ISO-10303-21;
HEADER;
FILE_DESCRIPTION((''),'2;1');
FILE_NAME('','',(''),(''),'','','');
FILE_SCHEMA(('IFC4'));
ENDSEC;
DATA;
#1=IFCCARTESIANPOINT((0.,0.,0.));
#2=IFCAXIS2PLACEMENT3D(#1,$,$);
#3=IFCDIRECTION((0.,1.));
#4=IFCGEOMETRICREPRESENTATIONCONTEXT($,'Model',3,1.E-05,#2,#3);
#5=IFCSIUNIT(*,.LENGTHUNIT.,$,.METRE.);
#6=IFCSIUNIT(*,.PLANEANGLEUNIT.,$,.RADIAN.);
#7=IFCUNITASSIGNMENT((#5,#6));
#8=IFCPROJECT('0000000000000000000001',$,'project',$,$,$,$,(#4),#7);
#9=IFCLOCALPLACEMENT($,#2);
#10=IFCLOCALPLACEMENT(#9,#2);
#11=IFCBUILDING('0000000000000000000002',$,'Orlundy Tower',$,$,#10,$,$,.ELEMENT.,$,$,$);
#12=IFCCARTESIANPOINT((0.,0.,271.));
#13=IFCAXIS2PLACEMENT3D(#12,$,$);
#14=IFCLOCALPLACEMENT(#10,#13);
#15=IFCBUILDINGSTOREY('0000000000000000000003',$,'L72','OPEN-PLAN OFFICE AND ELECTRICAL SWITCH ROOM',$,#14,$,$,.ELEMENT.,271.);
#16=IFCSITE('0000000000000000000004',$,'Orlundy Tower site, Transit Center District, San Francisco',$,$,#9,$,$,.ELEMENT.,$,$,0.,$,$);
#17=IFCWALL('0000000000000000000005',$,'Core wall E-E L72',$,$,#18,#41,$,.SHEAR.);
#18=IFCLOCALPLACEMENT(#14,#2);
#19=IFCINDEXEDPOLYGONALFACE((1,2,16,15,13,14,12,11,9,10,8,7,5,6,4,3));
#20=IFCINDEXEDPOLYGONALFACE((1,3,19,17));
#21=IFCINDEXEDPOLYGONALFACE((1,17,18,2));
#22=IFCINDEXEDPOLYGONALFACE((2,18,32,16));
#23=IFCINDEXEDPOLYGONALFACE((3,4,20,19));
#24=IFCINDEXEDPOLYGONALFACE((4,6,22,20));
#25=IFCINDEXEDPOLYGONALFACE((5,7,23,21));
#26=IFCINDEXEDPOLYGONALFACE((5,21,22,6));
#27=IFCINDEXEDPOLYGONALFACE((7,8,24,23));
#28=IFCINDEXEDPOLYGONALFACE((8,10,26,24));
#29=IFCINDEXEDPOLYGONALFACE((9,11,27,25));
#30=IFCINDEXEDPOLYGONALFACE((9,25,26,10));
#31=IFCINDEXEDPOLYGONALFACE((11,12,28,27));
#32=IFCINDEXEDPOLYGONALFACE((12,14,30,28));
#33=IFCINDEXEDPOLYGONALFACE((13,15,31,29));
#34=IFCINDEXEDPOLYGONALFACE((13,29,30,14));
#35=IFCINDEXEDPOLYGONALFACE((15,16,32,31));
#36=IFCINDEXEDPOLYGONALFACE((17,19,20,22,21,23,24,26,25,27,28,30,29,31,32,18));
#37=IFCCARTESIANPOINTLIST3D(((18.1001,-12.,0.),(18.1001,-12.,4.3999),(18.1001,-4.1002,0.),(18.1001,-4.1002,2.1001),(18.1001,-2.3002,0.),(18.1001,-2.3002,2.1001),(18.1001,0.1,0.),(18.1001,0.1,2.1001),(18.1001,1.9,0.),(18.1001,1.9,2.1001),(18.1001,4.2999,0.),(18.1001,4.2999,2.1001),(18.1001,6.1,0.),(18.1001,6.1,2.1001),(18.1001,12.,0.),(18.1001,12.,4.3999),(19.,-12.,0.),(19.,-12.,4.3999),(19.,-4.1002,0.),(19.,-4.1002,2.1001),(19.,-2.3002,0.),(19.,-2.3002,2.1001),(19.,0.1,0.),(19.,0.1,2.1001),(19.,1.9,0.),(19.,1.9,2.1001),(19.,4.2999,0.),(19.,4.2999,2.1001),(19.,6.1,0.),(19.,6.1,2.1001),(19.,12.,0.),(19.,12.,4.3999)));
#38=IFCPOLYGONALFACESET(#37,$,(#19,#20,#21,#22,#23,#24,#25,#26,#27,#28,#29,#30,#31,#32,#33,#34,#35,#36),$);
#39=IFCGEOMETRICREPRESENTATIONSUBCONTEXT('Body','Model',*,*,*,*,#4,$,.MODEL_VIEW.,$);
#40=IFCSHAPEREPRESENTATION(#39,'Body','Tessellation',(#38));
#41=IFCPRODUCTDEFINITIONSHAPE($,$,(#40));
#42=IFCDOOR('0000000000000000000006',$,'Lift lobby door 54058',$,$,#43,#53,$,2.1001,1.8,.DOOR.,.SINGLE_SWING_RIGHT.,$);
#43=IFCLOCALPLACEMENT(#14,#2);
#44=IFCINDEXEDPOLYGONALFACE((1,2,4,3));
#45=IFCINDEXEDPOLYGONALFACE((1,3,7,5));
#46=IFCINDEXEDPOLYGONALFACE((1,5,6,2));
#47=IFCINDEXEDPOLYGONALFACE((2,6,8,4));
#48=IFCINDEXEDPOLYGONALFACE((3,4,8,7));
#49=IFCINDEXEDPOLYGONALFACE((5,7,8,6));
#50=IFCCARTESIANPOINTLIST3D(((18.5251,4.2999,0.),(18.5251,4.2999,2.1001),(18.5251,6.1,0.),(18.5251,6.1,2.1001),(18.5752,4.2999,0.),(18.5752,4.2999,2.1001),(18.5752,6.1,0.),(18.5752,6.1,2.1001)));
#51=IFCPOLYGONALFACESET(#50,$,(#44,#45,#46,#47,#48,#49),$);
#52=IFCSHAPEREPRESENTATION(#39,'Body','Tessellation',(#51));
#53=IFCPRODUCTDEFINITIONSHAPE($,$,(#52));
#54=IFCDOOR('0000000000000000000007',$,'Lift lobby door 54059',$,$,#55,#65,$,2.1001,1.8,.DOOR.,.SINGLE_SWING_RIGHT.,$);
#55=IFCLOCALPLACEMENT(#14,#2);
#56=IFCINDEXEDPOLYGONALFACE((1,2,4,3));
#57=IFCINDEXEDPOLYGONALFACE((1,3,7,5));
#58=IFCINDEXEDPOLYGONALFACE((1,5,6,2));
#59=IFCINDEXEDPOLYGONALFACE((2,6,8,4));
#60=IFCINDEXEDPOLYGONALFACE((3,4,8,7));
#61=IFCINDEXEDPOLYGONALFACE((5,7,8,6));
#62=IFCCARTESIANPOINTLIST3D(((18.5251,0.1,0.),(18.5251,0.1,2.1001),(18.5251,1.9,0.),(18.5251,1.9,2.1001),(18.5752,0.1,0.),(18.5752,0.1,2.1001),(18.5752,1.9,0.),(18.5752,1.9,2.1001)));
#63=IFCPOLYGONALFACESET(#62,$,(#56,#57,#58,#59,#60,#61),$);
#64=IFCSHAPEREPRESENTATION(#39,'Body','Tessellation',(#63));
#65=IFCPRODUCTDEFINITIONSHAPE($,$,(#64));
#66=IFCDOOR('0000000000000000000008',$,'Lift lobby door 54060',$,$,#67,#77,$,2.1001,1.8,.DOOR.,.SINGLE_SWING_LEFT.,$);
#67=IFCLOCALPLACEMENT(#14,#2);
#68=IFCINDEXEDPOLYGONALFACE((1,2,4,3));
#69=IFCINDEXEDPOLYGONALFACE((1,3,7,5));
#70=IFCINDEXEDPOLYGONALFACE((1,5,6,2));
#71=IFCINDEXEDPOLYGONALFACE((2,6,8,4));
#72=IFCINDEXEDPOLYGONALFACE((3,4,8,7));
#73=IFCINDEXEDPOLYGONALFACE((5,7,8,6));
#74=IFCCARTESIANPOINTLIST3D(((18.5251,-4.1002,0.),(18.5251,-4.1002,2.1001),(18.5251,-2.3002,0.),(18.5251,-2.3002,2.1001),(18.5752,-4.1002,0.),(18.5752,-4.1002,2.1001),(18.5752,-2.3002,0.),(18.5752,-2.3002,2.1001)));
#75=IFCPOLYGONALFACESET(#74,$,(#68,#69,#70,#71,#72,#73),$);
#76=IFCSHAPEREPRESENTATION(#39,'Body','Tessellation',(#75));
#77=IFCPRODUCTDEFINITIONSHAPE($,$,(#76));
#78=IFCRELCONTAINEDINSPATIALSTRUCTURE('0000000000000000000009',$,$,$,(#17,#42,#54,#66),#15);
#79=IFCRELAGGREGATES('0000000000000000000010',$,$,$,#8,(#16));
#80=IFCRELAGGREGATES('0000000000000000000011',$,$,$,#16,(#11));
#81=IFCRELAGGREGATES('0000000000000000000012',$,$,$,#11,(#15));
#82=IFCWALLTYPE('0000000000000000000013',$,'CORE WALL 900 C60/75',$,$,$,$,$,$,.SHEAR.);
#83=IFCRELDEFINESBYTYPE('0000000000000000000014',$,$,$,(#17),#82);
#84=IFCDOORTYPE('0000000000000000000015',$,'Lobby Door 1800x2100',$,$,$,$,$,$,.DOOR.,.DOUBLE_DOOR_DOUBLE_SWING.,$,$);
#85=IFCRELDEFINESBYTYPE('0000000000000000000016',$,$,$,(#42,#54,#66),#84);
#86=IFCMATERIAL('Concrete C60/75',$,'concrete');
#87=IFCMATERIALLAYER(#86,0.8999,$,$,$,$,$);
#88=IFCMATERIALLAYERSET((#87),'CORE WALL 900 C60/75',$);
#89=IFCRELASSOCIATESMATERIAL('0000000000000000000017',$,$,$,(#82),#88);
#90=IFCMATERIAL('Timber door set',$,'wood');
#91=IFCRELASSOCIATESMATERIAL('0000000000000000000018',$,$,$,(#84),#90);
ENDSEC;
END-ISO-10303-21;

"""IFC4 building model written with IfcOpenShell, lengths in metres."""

from ifc_helpers import new_model, si_unit, direction, frame, frame_2d, origin, place, context, subcontext, project, spatial, rectangle, extrude, material, layer, layer_set, type_object, element, fill, save


model = new_model("IFC4")

# Units and contexts
model_context = context("Model", 3, precision=1e-05, world=origin(), true_north=direction((0.0, 1.0)))
body_context = subcontext(model_context, "Body", "Model", "MODEL_VIEW")
ifc_project = project(units=[si_unit("LENGTHUNIT", "METRE"), si_unit("PLANEANGLEUNIT", "RADIAN")], contexts=[model_context])

# Site, building, storey
site_placement = place(None, origin())
site = spatial("IfcSite", under=ifc_project, at=site_placement, Name="Orlundy Tower site, Transit Center District, San Francisco", CompositionType="ELEMENT", RefElevation=0.0)
building_placement = place(site_placement, origin())
building = spatial("IfcBuilding", under=site, at=building_placement, Name="Orlundy Tower", CompositionType="ELEMENT")
storey_placement = place(building_placement, frame((0.0, 0.0, 271.0)))
storey = spatial("IfcBuildingStorey", under=building, at=storey_placement, Name="L72", Description="OPEN-PLAN OFFICE AND ELECTRICAL SWITCH ROOM", CompositionType="ELEMENT", Elevation=271.0)

# Shared definitions
ifc_material_1 = material(Name="Concrete C60/75", Category="concrete")
ifc_layer_1 = layer(ifc_material_1, 0.8999)
ifc_layer_set_1 = layer_set([ifc_layer_1], Name="CORE WALL 900 C60/75")
wall_type = type_object("IfcWallType", Name="CORE WALL 900 C60/75", PredefinedType="SHEAR", material=ifc_layer_set_1)

# Wall, openings, doors
ifc_material_2 = material(Name="Timber door set", Category="wood")
door_type_1 = type_object("IfcDoorType", Name="Lobby Door 1800x2100", OperationType="DOUBLE_DOOR_DOUBLE_SWING", PredefinedType="DOOR", material=ifc_material_2)
wall_1_placement = place(storey_placement, frame((18.55, -12.0, 0.0), z_axis=(0.0, 0.0, 1.0), x_axis=(0.0, 1.0, 0.0)))
wall_1 = element("IfcWall", 1, at=wall_1_placement, inside=storey, type_object=wall_type, Name="Core wall E-E L72", PredefinedType="SHEAR", context=body_context, shape_type="SweptSolid", body=[
    extrude(rectangle(XDim=24.0, YDim=0.8999, at=frame_2d((12.0, 0.0))), origin(), (0.0, 0.0, 1.0), 4.3999),
])
opening_1_placement = place(wall_1_placement, frame((16.3, 0.0, 0.0)))
opening_1 = element("IfcOpeningElement", 2, at=opening_1_placement, cuts=wall_1, PredefinedType="OPENING", context=body_context, shape_type="SweptSolid", body=[
    extrude(rectangle(XDim=1.8, YDim=2.1001, at=frame_2d((0.8999, 1.05))), frame((0.0, 0.46, 0.0), z_axis=(0.0, -1.0, 0.0), x_axis=(1.0, 0.0, 0.0)), (0.0, 0.0, 1.0), 0.9199),
])
opening_2_placement = place(wall_1_placement, frame((12.1001, 0.0, 0.0)))
opening_2 = element("IfcOpeningElement", 3, at=opening_2_placement, cuts=wall_1, PredefinedType="OPENING", context=body_context, shape_type="SweptSolid", body=[
    extrude(rectangle(XDim=1.8, YDim=2.1001, at=frame_2d((0.8999, 1.05))), frame((0.0, 0.46, 0.0), z_axis=(0.0, -1.0, 0.0), x_axis=(1.0, 0.0, 0.0)), (0.0, 0.0, 1.0), 0.9199),
])
opening_3_placement = place(wall_1_placement, frame((7.8999, 0.0, 0.0)))
opening_3 = element("IfcOpeningElement", 4, at=opening_3_placement, cuts=wall_1, PredefinedType="OPENING", context=body_context, shape_type="SweptSolid", body=[
    extrude(rectangle(XDim=1.8, YDim=2.1001, at=frame_2d((0.8999, 1.05))), frame((0.0, 0.46, 0.0), z_axis=(0.0, -1.0, 0.0), x_axis=(1.0, 0.0, 0.0)), (0.0, 0.0, 1.0), 0.9199),
])
door_1_placement = place(opening_1_placement, origin())
door_1 = element("IfcDoor", 5, at=door_1_placement, inside=storey, type_object=door_type_1, Name="Lift lobby door 54058", OperationType="SINGLE_SWING_RIGHT", OverallHeight=2.1001, OverallWidth=1.8, PredefinedType="DOOR", context=body_context, shape_type="SweptSolid", body=[
    extrude(rectangle(XDim=1.8, YDim=2.1001, at=frame_2d((0.8999, 1.05))), frame((0.0, 0.0249, 0.0), z_axis=(0.0, -1.0, 0.0), x_axis=(1.0, 0.0, 0.0)), (0.0, 0.0, 1.0), 0.05),
])
fill(opening_1, door_1)
door_2_placement = place(opening_2_placement, origin())
door_2 = element("IfcDoor", 6, at=door_2_placement, inside=storey, type_object=door_type_1, Name="Lift lobby door 54059", OperationType="SINGLE_SWING_RIGHT", OverallHeight=2.1001, OverallWidth=1.8, PredefinedType="DOOR", context=body_context, shape_type="SweptSolid", body=[
    extrude(rectangle(XDim=1.8, YDim=2.1001, at=frame_2d((0.8999, 1.05))), frame((0.0, 0.0249, 0.0), z_axis=(0.0, -1.0, 0.0), x_axis=(1.0, 0.0, 0.0)), (0.0, 0.0, 1.0), 0.05),
])
fill(opening_2, door_2)
door_3_placement = place(opening_3_placement, origin())
door_3 = element("IfcDoor", 7, at=door_3_placement, inside=storey, type_object=door_type_1, Name="Lift lobby door 54060", OperationType="SINGLE_SWING_LEFT", OverallHeight=2.1001, OverallWidth=1.8, PredefinedType="DOOR", context=body_context, shape_type="SweptSolid", body=[
    extrude(rectangle(XDim=1.8, YDim=2.1001, at=frame_2d((0.8999, 1.05))), frame((0.0, 0.0249, 0.0), z_axis=(0.0, -1.0, 0.0), x_axis=(1.0, 0.0, 0.0)), (0.0, 0.0, 1.0), 0.05),
])
fill(opening_3, door_3)

save(model, "model.ifc")
